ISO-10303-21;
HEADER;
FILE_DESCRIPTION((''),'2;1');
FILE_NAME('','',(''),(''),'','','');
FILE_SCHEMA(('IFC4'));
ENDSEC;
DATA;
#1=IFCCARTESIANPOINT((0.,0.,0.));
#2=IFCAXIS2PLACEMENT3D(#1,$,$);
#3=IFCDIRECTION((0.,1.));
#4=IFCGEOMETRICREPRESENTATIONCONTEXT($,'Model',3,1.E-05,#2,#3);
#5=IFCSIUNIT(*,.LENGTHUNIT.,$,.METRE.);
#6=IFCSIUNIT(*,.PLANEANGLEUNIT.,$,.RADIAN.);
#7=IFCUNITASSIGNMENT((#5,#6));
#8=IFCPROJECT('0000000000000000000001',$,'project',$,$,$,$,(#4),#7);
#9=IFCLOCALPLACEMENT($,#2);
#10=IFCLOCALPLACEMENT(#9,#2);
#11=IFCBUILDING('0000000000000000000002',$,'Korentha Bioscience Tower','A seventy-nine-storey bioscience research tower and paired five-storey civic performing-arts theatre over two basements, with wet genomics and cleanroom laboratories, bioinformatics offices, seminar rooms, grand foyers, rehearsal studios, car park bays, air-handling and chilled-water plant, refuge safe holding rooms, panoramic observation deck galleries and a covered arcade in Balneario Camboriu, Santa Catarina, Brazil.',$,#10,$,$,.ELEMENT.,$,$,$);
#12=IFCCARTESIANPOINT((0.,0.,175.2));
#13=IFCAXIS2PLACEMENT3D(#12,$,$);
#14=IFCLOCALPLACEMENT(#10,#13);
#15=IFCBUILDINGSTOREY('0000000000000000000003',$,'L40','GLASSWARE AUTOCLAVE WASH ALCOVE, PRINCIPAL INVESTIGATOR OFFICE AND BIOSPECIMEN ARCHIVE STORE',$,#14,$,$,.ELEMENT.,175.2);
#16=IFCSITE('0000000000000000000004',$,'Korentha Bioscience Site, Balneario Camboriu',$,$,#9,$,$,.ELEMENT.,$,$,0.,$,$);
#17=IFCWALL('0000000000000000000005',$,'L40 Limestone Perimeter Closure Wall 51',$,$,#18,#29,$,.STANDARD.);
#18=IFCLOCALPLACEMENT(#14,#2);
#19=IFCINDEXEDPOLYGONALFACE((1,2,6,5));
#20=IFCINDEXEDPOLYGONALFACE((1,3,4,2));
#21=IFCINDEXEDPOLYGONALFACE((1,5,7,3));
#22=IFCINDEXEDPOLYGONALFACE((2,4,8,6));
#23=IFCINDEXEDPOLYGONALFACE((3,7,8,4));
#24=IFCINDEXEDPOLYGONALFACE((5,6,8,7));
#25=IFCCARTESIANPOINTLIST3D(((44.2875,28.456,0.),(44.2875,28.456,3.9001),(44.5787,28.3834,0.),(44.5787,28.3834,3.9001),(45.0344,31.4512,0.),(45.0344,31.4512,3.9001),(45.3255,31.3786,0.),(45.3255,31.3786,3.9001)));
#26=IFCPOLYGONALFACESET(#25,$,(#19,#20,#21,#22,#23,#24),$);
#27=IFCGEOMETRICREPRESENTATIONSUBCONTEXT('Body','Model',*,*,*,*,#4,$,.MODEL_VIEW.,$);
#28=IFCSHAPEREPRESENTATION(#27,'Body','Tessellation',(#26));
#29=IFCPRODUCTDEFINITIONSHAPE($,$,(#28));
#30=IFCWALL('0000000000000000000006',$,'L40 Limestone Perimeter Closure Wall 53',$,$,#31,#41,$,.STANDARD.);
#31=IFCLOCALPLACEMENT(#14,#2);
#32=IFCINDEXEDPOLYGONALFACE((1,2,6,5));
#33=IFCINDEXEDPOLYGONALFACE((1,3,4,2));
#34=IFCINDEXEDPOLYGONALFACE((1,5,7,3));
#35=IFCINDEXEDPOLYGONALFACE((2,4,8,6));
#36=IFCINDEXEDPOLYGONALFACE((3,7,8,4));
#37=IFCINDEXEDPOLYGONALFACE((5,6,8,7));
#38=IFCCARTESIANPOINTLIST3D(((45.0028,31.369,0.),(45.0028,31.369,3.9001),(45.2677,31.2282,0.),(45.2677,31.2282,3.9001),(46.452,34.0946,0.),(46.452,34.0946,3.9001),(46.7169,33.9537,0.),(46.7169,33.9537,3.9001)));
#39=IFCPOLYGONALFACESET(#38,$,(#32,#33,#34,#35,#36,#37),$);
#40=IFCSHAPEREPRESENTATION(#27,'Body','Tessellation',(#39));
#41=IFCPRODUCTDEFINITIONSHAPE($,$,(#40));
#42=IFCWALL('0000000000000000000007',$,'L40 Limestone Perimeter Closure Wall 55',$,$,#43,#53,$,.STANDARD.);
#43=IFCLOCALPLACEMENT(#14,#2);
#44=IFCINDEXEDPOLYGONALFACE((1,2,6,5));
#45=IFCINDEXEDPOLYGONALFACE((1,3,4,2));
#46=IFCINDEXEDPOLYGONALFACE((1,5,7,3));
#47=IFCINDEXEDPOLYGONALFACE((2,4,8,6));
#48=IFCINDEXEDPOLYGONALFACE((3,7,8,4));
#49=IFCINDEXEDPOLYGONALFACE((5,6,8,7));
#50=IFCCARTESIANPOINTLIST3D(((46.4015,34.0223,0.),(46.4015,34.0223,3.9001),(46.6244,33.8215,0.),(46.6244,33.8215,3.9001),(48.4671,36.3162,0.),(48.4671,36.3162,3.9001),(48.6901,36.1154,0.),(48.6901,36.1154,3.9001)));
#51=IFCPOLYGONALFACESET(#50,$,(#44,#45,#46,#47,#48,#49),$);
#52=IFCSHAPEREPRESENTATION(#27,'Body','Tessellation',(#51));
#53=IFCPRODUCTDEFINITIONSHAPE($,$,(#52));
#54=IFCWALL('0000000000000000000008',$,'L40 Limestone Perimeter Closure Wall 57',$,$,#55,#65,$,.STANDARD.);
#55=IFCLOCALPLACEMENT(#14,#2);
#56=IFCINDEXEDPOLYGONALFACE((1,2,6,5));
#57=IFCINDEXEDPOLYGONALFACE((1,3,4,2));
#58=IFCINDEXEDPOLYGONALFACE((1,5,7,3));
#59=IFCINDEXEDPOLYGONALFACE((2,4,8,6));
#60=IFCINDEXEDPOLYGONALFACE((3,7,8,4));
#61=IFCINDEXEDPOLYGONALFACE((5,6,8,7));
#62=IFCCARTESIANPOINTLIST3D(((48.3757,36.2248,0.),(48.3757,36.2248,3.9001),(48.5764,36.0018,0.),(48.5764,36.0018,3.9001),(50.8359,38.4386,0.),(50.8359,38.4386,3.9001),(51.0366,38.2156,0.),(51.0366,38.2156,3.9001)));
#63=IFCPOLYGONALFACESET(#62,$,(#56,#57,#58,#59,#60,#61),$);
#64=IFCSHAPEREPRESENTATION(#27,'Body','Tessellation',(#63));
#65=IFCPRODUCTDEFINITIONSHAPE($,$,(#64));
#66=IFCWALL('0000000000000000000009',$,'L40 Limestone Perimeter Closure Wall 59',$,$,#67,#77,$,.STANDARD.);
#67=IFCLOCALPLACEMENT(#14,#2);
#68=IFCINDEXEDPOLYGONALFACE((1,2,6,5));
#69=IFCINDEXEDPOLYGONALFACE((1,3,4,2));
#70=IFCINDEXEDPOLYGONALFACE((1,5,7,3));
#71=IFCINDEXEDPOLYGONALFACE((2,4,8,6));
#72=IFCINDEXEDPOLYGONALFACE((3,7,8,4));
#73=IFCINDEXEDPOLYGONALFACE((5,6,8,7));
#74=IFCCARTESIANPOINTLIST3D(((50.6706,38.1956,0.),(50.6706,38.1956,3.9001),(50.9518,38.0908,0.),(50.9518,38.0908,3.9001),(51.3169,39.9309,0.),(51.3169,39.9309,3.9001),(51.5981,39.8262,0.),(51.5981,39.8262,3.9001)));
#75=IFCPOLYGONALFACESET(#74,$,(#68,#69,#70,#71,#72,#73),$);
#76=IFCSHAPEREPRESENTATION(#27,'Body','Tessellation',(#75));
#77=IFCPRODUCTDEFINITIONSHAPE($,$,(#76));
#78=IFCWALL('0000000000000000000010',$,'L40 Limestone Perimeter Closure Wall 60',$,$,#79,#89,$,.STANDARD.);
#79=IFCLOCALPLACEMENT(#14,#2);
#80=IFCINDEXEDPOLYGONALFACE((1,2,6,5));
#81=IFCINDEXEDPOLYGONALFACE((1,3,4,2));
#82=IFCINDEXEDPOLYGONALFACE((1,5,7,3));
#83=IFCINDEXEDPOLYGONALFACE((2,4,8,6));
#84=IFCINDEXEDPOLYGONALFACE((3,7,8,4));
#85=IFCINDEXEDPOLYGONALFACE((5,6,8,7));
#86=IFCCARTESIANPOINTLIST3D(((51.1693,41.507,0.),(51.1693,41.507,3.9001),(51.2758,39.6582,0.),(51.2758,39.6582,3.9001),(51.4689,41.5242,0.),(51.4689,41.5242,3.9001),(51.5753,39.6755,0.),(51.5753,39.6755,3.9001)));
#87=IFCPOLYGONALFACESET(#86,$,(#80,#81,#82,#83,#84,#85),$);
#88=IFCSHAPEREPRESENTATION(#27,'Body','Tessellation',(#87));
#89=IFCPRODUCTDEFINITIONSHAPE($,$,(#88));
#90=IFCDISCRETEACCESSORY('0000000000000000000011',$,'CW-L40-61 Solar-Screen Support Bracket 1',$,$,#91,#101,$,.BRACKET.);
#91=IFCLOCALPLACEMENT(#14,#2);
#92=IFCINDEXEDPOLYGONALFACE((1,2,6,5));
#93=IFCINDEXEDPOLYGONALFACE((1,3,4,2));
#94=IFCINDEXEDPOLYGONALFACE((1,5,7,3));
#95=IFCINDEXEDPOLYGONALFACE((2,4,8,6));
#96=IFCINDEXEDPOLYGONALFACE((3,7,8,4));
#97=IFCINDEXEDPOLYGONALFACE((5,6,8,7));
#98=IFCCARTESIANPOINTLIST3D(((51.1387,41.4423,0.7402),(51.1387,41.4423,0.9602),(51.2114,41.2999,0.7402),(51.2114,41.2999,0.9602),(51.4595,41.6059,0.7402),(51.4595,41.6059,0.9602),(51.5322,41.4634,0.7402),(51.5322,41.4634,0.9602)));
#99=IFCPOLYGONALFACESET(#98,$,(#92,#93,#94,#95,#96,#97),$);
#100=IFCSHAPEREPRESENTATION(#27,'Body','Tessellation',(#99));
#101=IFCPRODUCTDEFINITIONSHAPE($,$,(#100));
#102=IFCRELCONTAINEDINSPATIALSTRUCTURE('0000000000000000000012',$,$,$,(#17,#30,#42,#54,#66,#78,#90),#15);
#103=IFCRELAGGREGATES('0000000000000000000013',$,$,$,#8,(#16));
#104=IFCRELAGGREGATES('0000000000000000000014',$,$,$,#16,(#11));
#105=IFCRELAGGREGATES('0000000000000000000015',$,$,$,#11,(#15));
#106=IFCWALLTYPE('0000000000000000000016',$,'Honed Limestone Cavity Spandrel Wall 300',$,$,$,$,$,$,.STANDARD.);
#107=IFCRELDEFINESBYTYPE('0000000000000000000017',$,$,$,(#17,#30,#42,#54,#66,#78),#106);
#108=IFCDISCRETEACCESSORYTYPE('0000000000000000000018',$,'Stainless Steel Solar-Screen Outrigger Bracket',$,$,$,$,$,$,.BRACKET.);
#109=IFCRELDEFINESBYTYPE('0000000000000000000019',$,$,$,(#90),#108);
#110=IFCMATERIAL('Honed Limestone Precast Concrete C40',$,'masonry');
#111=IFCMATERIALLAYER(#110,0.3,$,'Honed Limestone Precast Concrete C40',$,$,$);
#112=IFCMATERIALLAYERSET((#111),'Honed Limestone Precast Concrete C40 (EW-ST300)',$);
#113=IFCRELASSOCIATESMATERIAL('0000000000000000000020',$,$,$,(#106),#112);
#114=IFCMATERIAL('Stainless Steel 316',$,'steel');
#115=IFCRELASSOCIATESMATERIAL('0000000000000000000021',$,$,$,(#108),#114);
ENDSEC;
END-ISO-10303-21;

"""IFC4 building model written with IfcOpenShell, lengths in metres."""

from ifc_helpers import new_model, si_unit, direction, frame, frame_2d, origin, origin_2d, place, context, subcontext, project, spatial, rectangle, extrude, material, layer, layer_set, type_object, element, save


model = new_model("IFC4")

# Units and contexts
model_context = context("Model", 3, precision=1e-05, world=origin(), true_north=direction((0.0, 1.0)))
body_context = subcontext(model_context, "Body", "Model", "MODEL_VIEW")
ifc_project = project(units=[si_unit("LENGTHUNIT", "METRE"), si_unit("PLANEANGLEUNIT", "RADIAN")], contexts=[model_context])

# Site, building, storey
site_placement = place(None, origin())
site = spatial("IfcSite", under=ifc_project, at=site_placement, Name="Korentha Bioscience Site, Balneario Camboriu", CompositionType="ELEMENT", RefElevation=0.0)
building_placement = place(site_placement, origin())
building = spatial("IfcBuilding", under=site, at=building_placement, Name="Korentha Bioscience Tower", Description="A seventy-nine-storey bioscience research tower and paired five-storey civic performing-arts theatre over two basements, with wet genomics and cleanroom laboratories, bioinformatics offices, seminar rooms, grand foyers, rehearsal studios, car park bays, air-handling and chilled-water plant, refuge safe holding rooms, panoramic observation deck galleries and a covered arcade in Balneario Camboriu, Santa Catarina, Brazil.", CompositionType="ELEMENT")
storey_placement = place(building_placement, frame((0.0, 0.0, 175.2)))
storey = spatial("IfcBuildingStorey", under=building, at=storey_placement, Name="L40", Description="GLASSWARE AUTOCLAVE WASH ALCOVE, PRINCIPAL INVESTIGATOR OFFICE AND BIOSPECIMEN ARCHIVE STORE", CompositionType="ELEMENT", Elevation=175.2)

# Walls
ifc_material_1 = material(Name="Honed Limestone Precast Concrete C40", Category="masonry")
ifc_layer_1 = layer(ifc_material_1, 0.3, Name="Honed Limestone Precast Concrete C40")
ifc_layer_set_1 = layer_set([ifc_layer_1], Name="Honed Limestone Precast Concrete C40 (EW-ST300)")
wall_type = type_object("IfcWallType", Name="Honed Limestone Cavity Spandrel Wall 300", PredefinedType="STANDARD", material=ifc_layer_set_1)
for number, where, z_axis, x_axis, name in (
    (1, (44.4331, 28.4197, 0.0), (0.0, 0.0, 1.0), (0.24194, 0.970291, 0.0), "L40 Limestone Perimeter Closure Wall 51"),
    (2, (45.1353, 31.2986, 0.0), (0.0, 0.0, 1.0), (0.469471, 0.882948, 0.0), "L40 Limestone Perimeter Closure Wall 53"),
    (3, (46.5129, 33.9219, 0.0), (0.0, 0.0, 1.0), (0.669166, 0.743113, 0.0), "L40 Limestone Perimeter Closure Wall 55"),
):
    element("IfcWall", number, at=place(storey_placement, frame(where, z_axis=z_axis, x_axis=x_axis)), inside=storey, type_object=wall_type, Name=name, PredefinedType="STANDARD", context=body_context, shape_type="SweptSolid", body=[
        extrude(rectangle(XDim=3.0869, YDim=0.3, at=frame_2d((1.5435, 0.0))), origin(), (0.0, 0.0, 1.0), 3.9001),
    ])
wall_placement = place(storey_placement, frame((48.4761, 36.1133, 0.0), z_axis=(0.0, 0.0, 1.0), x_axis=(0.743342, 0.668912, 0.0)))
element("IfcWall", 4, at=wall_placement, inside=storey, type_object=wall_type, Name="L40 Limestone Perimeter Closure Wall 57", PredefinedType="STANDARD", context=body_context, shape_type="SweptSolid", body=[
    extrude(rectangle(XDim=3.3096, YDim=0.3, at=frame_2d((1.6548, 0.0))), origin(), (0.0, 0.0, 1.0), 3.9001),
])
for number, where, z_axis, x_axis, name in (
    (5, (50.8113, 38.1433, 0.0), (0.0, 0.0, 1.0), (0.348984, 0.937129, 0.0), "L40 Limestone Perimeter Closure Wall 59"),
    (6, (51.4255, 39.667, 0.0), (0.0, 0.0, 1.0), (-0.057485, 0.998346, 0.0), "L40 Limestone Perimeter Closure Wall 60"),
):
    element("IfcWall", number, at=place(storey_placement, frame(where, z_axis=z_axis, x_axis=x_axis)), inside=storey, type_object=wall_type, Name=name, PredefinedType="STANDARD", context=body_context, shape_type="SweptSolid", body=[
        extrude(rectangle(XDim=1.8518, YDim=0.3, at=frame_2d((0.9258, 0.0))), origin(), (0.0, 0.0, 1.0), 3.9001),
    ])

# Discrete accessory
ifc_material_2 = material(Name="Stainless Steel 316", Category="steel")
discrete_accessory_type = type_object("IfcDiscreteAccessoryType", Name="Stainless Steel Solar-Screen Outrigger Bracket", PredefinedType="BRACKET", material=ifc_material_2)
discrete_accessory_placement = place(storey_placement, frame((51.3354, 41.4529, 0.7402), z_axis=(0.0, 0.0, 1.0), x_axis=(-0.454288, 0.890855, 0.0)))
element("IfcDiscreteAccessory", 7, at=discrete_accessory_placement, inside=storey, type_object=discrete_accessory_type, Name="CW-L40-61 Solar-Screen Support Bracket 1", PredefinedType="BRACKET", context=body_context, shape_type="SweptSolid", body=[
    extrude(rectangle(XDim=0.1599, YDim=0.3601, at=origin_2d()), origin(), (0.0, 0.0, 1.0), 0.22),
])

save(model, "model.ifc")
